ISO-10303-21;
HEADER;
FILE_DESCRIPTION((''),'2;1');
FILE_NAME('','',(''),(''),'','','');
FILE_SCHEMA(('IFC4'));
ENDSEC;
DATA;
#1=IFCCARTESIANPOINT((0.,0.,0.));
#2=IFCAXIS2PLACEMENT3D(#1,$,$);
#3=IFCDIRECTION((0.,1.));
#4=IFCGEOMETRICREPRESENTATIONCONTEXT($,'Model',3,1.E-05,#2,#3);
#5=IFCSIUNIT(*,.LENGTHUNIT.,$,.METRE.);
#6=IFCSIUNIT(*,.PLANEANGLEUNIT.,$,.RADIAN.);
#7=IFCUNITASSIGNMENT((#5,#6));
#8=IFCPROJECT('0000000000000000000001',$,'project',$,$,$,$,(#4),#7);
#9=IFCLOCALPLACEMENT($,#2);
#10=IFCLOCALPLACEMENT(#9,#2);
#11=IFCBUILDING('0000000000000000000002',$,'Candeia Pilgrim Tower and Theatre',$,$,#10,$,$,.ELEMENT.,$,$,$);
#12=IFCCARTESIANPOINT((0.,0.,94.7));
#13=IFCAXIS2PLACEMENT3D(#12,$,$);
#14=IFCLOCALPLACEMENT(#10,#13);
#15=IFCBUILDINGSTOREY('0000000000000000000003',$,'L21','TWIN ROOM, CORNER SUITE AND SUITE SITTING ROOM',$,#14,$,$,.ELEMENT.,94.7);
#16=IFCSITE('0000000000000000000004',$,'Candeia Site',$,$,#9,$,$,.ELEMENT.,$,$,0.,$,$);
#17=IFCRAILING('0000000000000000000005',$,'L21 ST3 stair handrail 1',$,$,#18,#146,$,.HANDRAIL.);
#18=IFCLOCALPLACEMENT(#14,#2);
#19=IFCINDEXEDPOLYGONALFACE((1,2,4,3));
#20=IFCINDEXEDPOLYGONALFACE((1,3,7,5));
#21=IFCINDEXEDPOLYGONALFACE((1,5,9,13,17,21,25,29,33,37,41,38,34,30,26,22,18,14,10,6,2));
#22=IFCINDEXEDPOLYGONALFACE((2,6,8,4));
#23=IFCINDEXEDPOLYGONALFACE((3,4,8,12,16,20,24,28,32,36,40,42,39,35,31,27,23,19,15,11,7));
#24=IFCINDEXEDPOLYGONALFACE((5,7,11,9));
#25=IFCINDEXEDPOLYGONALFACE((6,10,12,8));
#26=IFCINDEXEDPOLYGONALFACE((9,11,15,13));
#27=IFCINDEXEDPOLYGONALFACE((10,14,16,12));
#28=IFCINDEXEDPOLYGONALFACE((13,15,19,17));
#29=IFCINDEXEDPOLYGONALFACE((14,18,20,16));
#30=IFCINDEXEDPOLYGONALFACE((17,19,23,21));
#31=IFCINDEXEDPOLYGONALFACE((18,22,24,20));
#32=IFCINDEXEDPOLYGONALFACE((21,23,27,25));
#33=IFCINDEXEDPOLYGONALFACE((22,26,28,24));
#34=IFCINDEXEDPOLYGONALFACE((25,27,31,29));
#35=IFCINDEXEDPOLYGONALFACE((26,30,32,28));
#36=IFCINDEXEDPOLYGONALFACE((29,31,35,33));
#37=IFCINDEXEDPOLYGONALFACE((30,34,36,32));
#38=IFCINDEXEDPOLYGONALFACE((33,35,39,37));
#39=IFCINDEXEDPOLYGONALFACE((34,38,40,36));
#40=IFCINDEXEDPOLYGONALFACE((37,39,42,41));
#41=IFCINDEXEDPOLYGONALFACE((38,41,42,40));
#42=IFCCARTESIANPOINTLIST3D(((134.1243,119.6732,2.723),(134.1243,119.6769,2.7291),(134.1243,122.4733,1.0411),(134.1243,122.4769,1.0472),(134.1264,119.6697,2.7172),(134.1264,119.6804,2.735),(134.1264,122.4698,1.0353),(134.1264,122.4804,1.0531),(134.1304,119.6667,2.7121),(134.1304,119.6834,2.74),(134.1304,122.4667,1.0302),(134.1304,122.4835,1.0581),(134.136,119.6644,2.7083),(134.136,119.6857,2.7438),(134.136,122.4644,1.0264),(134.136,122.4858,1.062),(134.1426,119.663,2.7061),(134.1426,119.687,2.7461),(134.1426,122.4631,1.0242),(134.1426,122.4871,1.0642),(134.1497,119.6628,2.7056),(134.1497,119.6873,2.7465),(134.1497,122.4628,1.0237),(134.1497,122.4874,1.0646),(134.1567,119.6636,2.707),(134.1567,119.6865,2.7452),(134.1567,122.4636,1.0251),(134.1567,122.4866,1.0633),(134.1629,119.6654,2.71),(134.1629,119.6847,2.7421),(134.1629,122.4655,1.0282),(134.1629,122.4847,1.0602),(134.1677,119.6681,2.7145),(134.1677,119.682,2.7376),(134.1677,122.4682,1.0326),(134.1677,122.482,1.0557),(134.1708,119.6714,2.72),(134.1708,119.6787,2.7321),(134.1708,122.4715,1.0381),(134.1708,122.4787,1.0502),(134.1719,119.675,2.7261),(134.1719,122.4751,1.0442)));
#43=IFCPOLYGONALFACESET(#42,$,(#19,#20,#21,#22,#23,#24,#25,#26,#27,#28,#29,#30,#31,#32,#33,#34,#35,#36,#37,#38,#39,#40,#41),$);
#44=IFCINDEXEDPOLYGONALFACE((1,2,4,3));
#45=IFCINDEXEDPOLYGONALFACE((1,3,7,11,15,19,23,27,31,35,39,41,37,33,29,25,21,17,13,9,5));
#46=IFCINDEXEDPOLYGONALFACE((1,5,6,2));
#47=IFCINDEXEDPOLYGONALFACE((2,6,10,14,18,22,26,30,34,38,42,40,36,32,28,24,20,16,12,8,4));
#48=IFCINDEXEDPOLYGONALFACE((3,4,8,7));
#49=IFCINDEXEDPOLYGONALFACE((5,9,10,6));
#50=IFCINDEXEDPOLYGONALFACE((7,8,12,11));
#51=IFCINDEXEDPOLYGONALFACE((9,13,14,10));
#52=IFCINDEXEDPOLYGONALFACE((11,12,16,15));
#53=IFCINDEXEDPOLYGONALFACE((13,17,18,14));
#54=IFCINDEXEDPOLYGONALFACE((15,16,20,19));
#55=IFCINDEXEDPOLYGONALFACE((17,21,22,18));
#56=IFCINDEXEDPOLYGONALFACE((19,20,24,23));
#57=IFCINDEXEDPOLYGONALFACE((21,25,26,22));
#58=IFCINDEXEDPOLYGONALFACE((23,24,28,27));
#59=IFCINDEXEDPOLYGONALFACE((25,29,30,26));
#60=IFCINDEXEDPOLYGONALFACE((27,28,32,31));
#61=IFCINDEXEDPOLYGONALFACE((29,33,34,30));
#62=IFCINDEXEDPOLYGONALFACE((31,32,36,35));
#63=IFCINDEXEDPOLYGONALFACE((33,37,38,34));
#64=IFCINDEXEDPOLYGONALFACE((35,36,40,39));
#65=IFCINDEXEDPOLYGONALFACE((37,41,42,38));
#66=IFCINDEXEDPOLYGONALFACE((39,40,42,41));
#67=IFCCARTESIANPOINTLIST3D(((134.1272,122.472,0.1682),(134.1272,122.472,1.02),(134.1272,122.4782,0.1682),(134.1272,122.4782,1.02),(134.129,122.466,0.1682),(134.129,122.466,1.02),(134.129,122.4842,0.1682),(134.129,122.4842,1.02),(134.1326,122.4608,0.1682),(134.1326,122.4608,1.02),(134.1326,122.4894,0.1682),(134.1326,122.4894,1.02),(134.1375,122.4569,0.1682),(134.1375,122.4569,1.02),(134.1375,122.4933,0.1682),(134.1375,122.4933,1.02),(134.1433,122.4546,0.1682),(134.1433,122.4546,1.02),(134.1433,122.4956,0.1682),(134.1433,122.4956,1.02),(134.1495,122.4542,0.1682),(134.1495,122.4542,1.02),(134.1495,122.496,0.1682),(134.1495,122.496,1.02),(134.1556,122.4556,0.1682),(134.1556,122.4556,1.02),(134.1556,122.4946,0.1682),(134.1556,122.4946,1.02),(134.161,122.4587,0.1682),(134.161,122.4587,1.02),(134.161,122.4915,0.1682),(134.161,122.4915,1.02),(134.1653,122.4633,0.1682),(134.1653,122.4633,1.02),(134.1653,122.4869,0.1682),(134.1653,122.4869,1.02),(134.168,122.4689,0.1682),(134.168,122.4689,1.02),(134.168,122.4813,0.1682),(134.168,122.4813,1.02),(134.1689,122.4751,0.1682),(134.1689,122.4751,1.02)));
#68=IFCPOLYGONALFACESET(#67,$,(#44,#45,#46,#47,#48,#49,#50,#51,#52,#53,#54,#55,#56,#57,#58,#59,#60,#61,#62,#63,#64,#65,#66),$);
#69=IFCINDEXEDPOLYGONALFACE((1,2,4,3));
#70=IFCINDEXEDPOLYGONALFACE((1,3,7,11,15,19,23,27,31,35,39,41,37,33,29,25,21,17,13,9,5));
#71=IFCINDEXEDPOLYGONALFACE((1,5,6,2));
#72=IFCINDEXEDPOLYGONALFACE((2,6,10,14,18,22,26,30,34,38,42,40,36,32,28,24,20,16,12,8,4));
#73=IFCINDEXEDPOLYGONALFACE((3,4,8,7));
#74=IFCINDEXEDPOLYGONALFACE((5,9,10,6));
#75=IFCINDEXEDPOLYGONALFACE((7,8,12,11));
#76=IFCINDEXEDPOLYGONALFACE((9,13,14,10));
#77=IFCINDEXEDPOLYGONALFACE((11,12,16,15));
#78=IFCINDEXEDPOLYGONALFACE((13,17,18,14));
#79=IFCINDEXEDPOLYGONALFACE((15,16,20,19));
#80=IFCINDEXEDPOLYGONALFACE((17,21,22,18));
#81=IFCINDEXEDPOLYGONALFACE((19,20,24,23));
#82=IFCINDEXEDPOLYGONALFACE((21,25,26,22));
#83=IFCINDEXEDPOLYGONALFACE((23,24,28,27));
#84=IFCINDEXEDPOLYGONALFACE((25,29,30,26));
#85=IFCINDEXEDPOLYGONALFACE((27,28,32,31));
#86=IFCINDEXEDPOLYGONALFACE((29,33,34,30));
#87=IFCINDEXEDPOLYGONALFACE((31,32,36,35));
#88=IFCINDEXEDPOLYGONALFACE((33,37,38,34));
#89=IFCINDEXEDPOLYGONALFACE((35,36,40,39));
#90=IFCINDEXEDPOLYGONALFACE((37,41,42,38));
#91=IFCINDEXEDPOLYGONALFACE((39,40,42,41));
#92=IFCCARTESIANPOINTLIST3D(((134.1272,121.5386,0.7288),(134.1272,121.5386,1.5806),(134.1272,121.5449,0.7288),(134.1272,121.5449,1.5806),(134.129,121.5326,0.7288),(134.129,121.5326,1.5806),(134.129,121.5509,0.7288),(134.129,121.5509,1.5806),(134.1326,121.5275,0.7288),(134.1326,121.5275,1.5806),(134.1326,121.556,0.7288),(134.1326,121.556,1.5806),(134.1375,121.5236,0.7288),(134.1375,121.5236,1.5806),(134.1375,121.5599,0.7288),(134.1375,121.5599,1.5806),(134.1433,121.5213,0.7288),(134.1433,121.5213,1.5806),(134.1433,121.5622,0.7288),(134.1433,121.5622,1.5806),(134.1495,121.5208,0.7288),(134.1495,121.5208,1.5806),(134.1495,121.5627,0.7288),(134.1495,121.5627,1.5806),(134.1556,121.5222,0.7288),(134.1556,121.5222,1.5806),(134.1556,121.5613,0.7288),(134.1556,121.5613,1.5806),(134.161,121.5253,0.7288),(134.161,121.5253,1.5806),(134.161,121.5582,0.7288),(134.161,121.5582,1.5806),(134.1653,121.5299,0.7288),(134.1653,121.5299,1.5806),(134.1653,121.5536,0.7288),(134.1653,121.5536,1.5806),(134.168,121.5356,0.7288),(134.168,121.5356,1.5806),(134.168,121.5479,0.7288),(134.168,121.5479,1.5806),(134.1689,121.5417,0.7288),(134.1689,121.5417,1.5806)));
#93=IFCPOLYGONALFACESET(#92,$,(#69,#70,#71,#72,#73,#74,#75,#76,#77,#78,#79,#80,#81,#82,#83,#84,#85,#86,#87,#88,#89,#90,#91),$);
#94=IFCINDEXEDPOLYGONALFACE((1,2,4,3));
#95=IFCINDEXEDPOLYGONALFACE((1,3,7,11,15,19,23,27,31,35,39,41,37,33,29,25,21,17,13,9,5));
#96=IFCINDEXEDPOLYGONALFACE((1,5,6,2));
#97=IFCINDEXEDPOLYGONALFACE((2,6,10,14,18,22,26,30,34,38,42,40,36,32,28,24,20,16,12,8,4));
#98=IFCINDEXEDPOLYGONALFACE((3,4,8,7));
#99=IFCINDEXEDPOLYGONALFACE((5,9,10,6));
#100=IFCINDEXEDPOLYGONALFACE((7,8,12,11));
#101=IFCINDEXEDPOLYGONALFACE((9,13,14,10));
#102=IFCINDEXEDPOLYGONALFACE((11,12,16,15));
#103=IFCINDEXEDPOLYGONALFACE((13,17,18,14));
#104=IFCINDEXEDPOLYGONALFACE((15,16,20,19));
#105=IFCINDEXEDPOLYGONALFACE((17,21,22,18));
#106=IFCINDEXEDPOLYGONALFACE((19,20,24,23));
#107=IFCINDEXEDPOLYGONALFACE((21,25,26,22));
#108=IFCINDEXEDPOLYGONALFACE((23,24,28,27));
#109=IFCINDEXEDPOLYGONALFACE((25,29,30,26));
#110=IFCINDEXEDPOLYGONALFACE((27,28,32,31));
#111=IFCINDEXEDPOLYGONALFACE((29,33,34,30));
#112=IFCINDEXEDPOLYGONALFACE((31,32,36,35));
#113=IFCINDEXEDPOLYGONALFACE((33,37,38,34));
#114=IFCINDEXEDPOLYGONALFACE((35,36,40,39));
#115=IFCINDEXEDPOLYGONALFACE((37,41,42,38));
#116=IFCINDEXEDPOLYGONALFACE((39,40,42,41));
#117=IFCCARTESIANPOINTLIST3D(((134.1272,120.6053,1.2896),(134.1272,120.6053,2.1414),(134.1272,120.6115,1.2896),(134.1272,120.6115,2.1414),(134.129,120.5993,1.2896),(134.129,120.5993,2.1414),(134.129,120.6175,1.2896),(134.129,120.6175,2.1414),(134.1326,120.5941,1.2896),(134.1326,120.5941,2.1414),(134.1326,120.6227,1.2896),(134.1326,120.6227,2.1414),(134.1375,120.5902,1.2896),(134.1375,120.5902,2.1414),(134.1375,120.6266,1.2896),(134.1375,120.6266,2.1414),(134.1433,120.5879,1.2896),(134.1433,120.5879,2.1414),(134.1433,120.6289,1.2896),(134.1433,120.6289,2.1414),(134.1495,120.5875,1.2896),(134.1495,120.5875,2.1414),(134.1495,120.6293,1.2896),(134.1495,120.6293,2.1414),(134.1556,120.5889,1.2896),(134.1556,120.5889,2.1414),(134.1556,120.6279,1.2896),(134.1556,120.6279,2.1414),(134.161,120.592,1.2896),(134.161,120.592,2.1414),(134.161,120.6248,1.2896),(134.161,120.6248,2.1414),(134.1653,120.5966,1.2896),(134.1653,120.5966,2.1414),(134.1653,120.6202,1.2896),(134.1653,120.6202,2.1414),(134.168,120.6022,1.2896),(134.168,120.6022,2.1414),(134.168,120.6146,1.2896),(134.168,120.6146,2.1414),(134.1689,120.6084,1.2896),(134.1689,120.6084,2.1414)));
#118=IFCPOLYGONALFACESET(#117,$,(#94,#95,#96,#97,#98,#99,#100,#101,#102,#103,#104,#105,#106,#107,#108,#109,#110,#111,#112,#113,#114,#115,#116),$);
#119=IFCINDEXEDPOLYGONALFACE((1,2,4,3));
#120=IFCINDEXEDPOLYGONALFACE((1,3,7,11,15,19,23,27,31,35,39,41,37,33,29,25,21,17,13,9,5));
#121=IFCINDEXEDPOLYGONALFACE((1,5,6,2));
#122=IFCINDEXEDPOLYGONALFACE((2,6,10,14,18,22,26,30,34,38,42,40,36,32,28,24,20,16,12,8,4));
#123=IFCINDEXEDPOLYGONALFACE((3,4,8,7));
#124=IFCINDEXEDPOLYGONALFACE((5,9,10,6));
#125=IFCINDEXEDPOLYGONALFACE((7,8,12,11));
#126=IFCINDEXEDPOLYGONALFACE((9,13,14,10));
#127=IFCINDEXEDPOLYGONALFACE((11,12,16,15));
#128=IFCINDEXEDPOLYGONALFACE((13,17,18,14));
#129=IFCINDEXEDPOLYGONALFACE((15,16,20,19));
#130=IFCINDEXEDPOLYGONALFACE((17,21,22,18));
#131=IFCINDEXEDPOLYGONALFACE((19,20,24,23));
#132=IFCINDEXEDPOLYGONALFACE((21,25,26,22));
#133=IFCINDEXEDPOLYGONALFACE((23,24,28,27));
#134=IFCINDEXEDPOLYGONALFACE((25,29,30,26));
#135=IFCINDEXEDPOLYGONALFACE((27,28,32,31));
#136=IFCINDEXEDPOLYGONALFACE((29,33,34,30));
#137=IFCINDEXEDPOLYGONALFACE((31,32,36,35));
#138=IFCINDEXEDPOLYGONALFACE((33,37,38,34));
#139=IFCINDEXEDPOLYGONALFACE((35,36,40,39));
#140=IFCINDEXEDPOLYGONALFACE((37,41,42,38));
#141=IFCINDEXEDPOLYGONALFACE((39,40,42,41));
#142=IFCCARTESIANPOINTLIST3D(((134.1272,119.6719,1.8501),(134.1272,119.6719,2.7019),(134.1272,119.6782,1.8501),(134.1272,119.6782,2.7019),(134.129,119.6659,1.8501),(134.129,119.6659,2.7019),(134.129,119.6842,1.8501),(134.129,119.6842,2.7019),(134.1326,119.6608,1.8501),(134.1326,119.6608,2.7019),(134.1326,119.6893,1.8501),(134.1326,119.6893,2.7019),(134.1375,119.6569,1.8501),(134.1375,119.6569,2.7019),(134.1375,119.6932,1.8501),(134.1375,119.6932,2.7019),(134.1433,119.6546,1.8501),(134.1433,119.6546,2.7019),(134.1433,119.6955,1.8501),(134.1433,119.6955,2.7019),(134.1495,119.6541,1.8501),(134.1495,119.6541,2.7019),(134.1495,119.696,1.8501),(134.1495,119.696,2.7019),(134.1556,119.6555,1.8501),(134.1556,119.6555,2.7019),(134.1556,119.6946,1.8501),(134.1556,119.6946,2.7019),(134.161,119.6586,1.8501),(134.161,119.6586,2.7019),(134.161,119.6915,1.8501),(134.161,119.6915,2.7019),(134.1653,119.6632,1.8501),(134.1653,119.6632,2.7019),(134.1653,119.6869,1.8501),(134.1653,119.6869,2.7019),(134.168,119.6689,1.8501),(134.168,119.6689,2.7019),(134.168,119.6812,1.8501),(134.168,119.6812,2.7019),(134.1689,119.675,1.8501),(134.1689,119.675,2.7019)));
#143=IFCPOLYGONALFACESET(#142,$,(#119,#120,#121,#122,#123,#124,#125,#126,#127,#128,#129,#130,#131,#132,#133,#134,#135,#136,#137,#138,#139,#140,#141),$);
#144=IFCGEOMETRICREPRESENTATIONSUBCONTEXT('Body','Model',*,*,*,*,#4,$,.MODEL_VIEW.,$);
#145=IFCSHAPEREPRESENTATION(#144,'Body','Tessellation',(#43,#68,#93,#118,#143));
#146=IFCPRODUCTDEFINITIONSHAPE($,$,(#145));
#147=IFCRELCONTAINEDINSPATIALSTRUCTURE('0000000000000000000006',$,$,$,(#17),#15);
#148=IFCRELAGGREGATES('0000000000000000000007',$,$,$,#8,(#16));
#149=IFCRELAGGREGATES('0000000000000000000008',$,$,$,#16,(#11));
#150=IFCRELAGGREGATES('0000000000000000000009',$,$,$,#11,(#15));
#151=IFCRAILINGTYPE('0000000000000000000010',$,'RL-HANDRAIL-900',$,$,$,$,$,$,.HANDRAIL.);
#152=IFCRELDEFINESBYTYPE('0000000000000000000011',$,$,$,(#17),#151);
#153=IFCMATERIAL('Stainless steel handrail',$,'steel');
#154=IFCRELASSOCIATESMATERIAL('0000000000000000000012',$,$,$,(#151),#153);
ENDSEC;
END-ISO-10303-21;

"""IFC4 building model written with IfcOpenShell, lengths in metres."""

from ifc_helpers import new_model, si_unit, direction, frame, origin, origin_2d, place, context, subcontext, project, spatial, circle, extrude, material, type_object, element, save


model = new_model("IFC4")

# Units and contexts
model_context = context("Model", 3, precision=1e-05, world=origin(), true_north=direction((0.0, 1.0)))
body_context = subcontext(model_context, "Body", "Model", "MODEL_VIEW")
ifc_project = project(units=[si_unit("LENGTHUNIT", "METRE"), si_unit("PLANEANGLEUNIT", "RADIAN")], contexts=[model_context])

# Site, building, storey
site_placement = place(None, origin())
site = spatial("IfcSite", under=ifc_project, at=site_placement, Name="Candeia Site", CompositionType="ELEMENT", RefElevation=0.0)
building_placement = place(site_placement, origin())
building = spatial("IfcBuilding", under=site, at=building_placement, Name="Candeia Pilgrim Tower and Theatre", CompositionType="ELEMENT")
storey_placement = place(building_placement, frame((0.0, 0.0, 94.7)))
storey = spatial("IfcBuildingStorey", under=building, at=storey_placement, Name="L21", Description="TWIN ROOM, CORNER SUITE AND SUITE SITTING ROOM", CompositionType="ELEMENT", Elevation=94.7)

# Railing
ifc_material_1 = material(Name="Stainless steel handrail", Category="steel")
railing_type_1 = type_object("IfcRailingType", Name="RL-HANDRAIL-900", PredefinedType="HANDRAIL", material=ifc_material_1)
railing_1_placement = place(storey_placement, frame((134.1479, 122.4751, 0.1682)))
element("IfcRailing", 1, at=railing_1_placement, inside=storey, type_object=railing_type_1, Name="L21 ST3 stair handrail 1", PredefinedType="HANDRAIL", context=body_context, shape_type="SweptSolid", body=[
    extrude(circle(Radius=0.0239, at=origin_2d()), frame((0.0, 0.0, 0.876), z_axis=(0.0, -0.857242, 0.514913), x_axis=(1.0, 0.0, 0.0)), (0.0, 0.0, 1.0), 3.2664),
    extrude(circle(Radius=0.021, at=origin_2d()), origin(), (0.0, 0.0, 1.0), 0.8518),
    extrude(circle(Radius=0.021, at=origin_2d()), frame((0.0, -0.9333, 0.5605)), (0.0, 0.0, 1.0), 0.8518),
    extrude(circle(Radius=0.021, at=origin_2d()), frame((0.0, -1.8667, 1.1213)), (0.0, 0.0, 1.0), 0.8518),
    extrude(circle(Radius=0.021, at=origin_2d()), frame((0.0, -2.8, 1.6819)), (0.0, 0.0, 1.0), 0.8518),
])

save(model, "model.ifc")
